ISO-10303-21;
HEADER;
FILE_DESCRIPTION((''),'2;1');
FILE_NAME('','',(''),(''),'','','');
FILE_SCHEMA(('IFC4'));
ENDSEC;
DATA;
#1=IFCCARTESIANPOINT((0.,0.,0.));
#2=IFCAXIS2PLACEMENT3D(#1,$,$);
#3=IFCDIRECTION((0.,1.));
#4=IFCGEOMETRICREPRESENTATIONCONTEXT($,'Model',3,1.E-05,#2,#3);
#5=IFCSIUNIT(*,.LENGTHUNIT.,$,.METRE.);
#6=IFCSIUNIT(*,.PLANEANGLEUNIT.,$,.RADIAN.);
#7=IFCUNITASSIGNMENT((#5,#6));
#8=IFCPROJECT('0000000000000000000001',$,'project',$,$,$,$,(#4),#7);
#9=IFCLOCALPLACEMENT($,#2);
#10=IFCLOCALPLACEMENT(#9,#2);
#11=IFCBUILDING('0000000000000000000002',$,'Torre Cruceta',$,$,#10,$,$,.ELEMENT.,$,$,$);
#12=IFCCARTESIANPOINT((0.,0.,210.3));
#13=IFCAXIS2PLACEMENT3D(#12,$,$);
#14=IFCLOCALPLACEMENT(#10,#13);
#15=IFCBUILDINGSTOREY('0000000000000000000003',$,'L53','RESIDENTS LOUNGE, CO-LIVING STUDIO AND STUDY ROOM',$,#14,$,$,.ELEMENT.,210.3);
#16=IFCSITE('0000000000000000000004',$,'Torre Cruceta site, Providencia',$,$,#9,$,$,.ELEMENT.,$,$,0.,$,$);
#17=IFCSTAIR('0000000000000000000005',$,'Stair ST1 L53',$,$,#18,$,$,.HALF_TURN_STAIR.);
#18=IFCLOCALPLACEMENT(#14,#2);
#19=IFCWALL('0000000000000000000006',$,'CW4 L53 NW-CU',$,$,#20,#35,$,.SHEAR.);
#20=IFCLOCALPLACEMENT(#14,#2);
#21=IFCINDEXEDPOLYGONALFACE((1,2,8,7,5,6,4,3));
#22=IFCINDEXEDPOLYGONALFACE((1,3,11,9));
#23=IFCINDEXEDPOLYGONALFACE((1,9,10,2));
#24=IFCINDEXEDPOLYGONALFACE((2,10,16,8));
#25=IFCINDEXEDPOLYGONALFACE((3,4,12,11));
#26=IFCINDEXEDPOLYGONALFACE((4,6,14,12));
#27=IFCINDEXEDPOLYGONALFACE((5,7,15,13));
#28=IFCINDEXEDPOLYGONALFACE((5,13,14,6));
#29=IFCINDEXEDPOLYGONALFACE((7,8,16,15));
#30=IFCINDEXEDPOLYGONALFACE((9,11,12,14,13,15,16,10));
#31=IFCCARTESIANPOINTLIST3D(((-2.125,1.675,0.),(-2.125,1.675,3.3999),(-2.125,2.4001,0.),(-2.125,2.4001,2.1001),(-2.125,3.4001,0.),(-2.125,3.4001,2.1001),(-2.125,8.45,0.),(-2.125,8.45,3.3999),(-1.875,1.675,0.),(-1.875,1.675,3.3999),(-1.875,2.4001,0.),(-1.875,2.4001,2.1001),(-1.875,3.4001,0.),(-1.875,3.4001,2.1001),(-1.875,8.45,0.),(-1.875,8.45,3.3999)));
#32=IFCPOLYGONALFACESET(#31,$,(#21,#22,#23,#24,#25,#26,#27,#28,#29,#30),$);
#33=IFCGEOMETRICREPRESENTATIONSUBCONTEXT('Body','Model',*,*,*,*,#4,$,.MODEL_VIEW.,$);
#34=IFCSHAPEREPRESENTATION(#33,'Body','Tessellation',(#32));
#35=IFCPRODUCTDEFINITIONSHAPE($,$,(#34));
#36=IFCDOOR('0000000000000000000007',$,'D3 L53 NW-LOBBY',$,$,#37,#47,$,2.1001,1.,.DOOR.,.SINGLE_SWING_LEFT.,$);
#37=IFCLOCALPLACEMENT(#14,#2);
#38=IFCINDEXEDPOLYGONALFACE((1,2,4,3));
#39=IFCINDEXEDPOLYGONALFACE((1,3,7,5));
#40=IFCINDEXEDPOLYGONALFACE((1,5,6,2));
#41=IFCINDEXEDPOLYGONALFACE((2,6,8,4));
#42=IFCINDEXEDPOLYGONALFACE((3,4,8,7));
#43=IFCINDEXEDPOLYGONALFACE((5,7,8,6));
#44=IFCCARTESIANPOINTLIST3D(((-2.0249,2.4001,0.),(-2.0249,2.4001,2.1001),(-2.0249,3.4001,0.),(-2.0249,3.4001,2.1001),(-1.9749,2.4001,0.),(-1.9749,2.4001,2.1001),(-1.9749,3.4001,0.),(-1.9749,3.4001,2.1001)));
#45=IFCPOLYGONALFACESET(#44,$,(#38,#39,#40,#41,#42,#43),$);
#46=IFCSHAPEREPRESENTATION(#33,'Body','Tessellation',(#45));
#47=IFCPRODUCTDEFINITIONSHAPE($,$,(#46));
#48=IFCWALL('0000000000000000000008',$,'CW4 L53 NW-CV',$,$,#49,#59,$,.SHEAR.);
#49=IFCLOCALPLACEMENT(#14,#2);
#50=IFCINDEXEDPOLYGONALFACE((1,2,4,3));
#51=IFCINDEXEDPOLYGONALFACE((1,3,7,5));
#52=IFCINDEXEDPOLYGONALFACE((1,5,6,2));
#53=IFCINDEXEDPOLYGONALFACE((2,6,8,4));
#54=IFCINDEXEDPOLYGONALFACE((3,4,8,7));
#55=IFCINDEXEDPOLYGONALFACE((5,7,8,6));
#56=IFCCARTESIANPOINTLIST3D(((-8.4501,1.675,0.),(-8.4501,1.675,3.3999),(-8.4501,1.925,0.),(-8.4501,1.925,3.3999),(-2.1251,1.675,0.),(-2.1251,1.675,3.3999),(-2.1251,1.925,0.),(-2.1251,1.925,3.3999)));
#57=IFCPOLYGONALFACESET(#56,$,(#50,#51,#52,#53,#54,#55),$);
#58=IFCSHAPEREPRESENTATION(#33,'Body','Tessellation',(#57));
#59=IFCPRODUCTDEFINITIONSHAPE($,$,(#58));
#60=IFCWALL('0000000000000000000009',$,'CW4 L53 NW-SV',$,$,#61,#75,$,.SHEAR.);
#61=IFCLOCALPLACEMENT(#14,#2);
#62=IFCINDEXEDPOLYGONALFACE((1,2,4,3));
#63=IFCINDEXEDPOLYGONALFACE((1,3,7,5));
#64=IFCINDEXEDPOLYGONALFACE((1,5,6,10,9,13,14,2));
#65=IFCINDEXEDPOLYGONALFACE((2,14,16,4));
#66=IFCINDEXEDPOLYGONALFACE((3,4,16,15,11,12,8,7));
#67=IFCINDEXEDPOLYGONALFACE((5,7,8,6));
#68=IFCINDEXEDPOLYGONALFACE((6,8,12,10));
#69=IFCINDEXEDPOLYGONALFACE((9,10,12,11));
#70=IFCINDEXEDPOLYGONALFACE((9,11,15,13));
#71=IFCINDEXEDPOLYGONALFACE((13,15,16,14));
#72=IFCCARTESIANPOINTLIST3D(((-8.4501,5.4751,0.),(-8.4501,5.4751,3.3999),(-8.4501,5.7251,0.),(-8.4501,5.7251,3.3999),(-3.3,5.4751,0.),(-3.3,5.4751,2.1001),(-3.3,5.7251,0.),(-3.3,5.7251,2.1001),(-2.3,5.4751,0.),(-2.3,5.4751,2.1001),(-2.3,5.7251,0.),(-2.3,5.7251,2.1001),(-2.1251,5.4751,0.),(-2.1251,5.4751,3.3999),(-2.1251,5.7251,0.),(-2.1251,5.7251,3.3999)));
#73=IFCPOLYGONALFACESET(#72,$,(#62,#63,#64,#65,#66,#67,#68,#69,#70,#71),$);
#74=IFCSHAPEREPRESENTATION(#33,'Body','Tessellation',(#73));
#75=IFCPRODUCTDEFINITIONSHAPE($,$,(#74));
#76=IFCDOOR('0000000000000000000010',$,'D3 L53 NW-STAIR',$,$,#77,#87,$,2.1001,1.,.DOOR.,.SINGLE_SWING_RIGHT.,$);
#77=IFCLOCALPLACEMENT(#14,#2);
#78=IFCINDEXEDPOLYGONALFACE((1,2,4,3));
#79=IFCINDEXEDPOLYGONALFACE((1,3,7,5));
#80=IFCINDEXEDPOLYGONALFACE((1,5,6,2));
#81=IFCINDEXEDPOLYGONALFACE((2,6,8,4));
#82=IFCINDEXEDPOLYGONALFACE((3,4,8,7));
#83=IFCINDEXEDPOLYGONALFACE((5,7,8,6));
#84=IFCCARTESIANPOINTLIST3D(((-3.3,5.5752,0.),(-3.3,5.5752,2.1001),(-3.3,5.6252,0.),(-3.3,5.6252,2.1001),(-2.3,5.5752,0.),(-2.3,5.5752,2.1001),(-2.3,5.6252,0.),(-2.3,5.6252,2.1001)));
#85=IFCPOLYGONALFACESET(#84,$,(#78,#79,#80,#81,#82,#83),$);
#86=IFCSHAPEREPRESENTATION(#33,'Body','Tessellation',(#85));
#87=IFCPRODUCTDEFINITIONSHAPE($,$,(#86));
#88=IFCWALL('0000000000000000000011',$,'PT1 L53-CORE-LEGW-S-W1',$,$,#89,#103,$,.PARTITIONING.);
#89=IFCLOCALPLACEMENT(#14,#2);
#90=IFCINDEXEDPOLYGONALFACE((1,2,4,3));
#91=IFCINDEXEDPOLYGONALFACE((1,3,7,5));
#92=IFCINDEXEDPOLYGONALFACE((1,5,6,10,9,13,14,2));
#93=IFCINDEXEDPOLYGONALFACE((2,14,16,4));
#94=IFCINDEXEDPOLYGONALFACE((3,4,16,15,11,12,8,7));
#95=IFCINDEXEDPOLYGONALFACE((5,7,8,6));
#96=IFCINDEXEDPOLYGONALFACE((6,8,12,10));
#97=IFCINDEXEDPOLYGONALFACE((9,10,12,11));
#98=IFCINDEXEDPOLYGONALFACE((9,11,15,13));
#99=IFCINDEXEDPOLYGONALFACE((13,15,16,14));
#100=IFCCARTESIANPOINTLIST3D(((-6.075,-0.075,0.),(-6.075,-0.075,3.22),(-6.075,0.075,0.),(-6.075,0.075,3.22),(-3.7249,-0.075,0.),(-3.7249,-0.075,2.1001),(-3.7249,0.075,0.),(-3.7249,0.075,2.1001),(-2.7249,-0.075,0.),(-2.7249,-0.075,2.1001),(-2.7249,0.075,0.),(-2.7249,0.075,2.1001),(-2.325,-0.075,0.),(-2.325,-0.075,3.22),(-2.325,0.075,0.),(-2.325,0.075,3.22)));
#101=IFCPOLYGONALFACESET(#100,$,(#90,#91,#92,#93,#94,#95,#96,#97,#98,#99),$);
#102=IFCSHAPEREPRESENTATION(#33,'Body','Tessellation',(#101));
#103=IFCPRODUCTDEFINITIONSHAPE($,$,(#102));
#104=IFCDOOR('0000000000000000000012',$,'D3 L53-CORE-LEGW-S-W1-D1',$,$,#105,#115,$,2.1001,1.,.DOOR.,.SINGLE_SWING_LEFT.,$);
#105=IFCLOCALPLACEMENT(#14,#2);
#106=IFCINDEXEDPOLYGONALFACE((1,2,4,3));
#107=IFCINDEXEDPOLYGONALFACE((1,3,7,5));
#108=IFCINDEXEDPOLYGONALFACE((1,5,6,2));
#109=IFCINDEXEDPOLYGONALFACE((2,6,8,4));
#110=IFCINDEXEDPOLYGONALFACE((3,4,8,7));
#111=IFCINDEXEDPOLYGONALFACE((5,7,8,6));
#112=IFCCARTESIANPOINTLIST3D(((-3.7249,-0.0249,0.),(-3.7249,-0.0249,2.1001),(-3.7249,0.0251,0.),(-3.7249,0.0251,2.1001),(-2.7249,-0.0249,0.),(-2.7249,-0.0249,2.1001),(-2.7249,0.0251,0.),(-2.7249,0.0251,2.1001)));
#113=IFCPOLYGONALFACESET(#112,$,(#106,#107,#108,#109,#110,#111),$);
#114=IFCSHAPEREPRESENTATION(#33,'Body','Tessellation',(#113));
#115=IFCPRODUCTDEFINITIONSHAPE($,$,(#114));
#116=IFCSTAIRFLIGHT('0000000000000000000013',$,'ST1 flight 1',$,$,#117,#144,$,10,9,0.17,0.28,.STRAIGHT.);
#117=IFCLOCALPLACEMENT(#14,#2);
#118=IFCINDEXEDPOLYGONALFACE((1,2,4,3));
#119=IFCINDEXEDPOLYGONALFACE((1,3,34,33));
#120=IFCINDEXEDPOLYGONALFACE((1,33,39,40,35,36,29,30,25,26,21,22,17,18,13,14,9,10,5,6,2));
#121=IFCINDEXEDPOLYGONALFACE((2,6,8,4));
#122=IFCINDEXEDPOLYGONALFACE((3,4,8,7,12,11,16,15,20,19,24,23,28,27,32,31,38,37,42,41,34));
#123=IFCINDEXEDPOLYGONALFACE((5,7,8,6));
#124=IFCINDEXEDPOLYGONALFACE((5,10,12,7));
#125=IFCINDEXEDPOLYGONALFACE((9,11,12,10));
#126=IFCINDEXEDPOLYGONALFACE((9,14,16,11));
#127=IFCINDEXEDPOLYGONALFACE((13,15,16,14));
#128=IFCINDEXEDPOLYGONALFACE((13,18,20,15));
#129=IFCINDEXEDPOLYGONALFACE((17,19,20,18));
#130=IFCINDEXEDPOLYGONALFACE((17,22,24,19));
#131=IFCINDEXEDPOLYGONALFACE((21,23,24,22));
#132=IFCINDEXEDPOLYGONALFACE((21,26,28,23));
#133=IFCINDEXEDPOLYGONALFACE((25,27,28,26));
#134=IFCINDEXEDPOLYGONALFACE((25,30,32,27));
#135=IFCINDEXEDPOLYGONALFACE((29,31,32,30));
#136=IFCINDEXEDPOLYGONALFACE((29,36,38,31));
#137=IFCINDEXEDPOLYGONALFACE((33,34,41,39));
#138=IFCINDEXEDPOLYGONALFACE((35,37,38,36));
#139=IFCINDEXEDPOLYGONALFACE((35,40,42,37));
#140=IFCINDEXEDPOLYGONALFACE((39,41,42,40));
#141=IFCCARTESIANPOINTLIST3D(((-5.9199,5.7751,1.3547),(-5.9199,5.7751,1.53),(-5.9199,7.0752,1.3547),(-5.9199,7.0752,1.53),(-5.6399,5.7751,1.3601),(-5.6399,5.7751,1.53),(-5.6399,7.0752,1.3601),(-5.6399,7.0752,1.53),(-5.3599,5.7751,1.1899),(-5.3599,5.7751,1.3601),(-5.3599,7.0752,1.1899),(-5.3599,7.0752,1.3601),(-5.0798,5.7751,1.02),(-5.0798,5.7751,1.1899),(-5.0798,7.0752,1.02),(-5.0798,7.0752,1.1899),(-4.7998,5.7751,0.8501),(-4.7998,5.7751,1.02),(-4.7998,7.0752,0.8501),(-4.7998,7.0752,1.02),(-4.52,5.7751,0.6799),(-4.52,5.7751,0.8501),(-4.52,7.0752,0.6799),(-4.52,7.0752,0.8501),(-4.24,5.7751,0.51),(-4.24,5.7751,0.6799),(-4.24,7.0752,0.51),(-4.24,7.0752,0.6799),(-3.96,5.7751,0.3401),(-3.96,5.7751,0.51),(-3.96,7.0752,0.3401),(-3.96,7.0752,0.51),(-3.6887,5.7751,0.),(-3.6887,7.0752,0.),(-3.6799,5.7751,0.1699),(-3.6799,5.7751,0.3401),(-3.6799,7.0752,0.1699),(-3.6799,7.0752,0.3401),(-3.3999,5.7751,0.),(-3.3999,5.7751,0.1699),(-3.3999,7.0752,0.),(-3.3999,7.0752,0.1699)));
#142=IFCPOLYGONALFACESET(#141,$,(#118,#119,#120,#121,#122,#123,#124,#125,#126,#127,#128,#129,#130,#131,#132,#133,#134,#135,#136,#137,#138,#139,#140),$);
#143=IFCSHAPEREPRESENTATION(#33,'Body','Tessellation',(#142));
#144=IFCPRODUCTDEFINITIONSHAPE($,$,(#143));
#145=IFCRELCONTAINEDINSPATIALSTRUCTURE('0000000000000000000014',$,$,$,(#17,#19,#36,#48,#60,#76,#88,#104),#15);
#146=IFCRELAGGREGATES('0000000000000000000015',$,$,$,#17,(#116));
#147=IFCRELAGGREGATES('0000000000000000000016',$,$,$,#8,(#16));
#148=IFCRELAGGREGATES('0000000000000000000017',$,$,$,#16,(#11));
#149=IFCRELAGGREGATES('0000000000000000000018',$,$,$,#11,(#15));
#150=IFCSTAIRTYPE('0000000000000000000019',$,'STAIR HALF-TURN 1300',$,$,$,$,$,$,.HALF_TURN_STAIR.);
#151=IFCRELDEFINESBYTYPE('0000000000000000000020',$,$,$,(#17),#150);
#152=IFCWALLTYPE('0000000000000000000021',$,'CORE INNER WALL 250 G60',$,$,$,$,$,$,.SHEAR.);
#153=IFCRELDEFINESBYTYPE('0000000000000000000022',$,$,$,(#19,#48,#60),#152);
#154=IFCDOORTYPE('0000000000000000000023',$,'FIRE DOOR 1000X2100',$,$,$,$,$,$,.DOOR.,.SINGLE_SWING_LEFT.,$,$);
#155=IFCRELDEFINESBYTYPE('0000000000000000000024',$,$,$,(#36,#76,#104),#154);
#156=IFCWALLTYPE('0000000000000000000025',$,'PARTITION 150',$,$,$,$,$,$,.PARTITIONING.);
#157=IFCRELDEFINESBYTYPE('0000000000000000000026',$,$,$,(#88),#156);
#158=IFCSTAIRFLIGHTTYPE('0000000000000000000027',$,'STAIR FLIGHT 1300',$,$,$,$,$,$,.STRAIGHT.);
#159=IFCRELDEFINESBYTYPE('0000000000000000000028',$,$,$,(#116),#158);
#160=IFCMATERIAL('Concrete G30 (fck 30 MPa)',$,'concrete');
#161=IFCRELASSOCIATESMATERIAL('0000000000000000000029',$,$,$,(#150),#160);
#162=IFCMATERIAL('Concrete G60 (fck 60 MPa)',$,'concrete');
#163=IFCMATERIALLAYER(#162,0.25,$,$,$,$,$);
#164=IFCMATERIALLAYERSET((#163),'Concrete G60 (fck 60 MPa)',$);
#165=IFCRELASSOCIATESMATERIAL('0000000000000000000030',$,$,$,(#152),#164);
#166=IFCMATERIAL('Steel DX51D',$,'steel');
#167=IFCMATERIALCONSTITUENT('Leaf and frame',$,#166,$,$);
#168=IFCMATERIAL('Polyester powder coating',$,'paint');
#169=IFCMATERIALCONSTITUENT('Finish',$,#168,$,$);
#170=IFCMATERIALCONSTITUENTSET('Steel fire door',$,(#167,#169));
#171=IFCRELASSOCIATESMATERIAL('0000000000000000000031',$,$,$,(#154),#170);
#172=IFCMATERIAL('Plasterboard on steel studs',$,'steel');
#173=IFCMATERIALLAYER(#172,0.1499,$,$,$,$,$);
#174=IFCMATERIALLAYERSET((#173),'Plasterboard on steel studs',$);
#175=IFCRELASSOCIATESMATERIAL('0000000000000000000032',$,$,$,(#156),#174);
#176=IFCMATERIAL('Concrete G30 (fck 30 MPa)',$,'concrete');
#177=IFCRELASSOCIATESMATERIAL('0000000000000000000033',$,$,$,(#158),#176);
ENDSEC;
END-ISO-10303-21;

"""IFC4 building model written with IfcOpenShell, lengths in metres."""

from ifc_helpers import new_model, si_unit, direction, frame, frame_2d, origin, place, context, subcontext, project, spatial, polyline, rectangle, outline, extrude, material, layer, layer_set, constituent, constituent_set, type_object, element, fill, aggregate, save


model = new_model("IFC4")

# Units and contexts
model_context = context("Model", 3, precision=1e-05, world=origin(), true_north=direction((0.0, 1.0)))
body_context = subcontext(model_context, "Body", "Model", "MODEL_VIEW")
ifc_project = project(units=[si_unit("LENGTHUNIT", "METRE"), si_unit("PLANEANGLEUNIT", "RADIAN")], contexts=[model_context])

# Site, building, storey
site_placement = place(None, origin())
site = spatial("IfcSite", under=ifc_project, at=site_placement, Name="Torre Cruceta site, Providencia", CompositionType="ELEMENT", RefElevation=0.0)
building_placement = place(site_placement, origin())
building = spatial("IfcBuilding", under=site, at=building_placement, Name="Torre Cruceta", CompositionType="ELEMENT")
storey_placement = place(building_placement, frame((0.0, 0.0, 210.3)))
storey = spatial("IfcBuildingStorey", under=building, at=storey_placement, Name="L53", Description="RESIDENTS LOUNGE, CO-LIVING STUDIO AND STUDY ROOM", CompositionType="ELEMENT", Elevation=210.3)

# Stair
ifc_material_1 = material(Name="Concrete G30 (fck 30 MPa)", Category="concrete")
stair_type = type_object("IfcStairType", Name="STAIR HALF-TURN 1300", PredefinedType="HALF_TURN_STAIR", material=ifc_material_1)
stair_placement = place(storey_placement, origin())
stair = element("IfcStair", 1, at=stair_placement, inside=storey, type_object=stair_type, Name="Stair ST1 L53", PredefinedType="HALF_TURN_STAIR")

# Wall, opening, door
ifc_material_2 = material(Name="Concrete G60 (fck 60 MPa)", Category="concrete")
ifc_layer_1 = layer(ifc_material_2, 0.25)
ifc_layer_set_1 = layer_set([ifc_layer_1], Name="Concrete G60 (fck 60 MPa)")
wall_type_1 = type_object("IfcWallType", Name="CORE INNER WALL 250 G60", PredefinedType="SHEAR", material=ifc_layer_set_1)
wall_1_placement = place(storey_placement, frame((-2.0, 1.675, 0.0), z_axis=(0.0, 0.0, 1.0), x_axis=(0.0, 1.0, 0.0)))
wall_1 = element("IfcWall", 2, at=wall_1_placement, inside=storey, type_object=wall_type_1, Name="CW4 L53 NW-CU", PredefinedType="SHEAR", context=body_context, shape_type="SweptSolid", body=[
    extrude(rectangle(XDim=6.7749, YDim=0.25, at=frame_2d((3.3875, 0.0))), origin(), (0.0, 0.0, 1.0), 3.3999),
])
opening_1_placement = place(wall_1_placement, frame((0.7251, 0.0, 0.0)))
opening_1 = element("IfcOpeningElement", 3, at=opening_1_placement, cuts=wall_1, PredefinedType="OPENING", context=body_context, shape_type="SweptSolid", body=[
    extrude(rectangle(XDim=1.0, YDim=2.1001, at=frame_2d((0.5, 1.05))), frame((0.0, 0.135, 0.0), z_axis=(0.0, -1.0, 0.0), x_axis=(1.0, 0.0, 0.0)), (0.0, 0.0, 1.0), 0.27),
])
ifc_material_3 = material(Name="Steel DX51D", Category="steel")
ifc_constituent_1 = constituent(ifc_material_3, Name="Leaf and frame")
ifc_material_4 = material(Name="Polyester powder coating", Category="paint")
ifc_constituent_2 = constituent(ifc_material_4, Name="Finish")
ifc_constituent_set = constituent_set(constituents=[ifc_constituent_1, ifc_constituent_2], Name="Steel fire door")
door_type = type_object("IfcDoorType", Name="FIRE DOOR 1000X2100", OperationType="SINGLE_SWING_LEFT", PredefinedType="DOOR", material=ifc_constituent_set)
door_1_placement = place(opening_1_placement, origin())
door_1 = element("IfcDoor", 4, at=door_1_placement, inside=storey, type_object=door_type, Name="D3 L53 NW-LOBBY", OperationType="SINGLE_SWING_LEFT", OverallHeight=2.1001, OverallWidth=1.0, PredefinedType="DOOR", context=body_context, shape_type="SweptSolid", body=[
    extrude(rectangle(XDim=1.0, YDim=2.1001, at=frame_2d((0.5, 1.05))), frame((0.0, 0.0249, 0.0), z_axis=(0.0, -1.0, 0.0), x_axis=(1.0, 0.0, 0.0)), (0.0, 0.0, 1.0), 0.05),
])
fill(opening_1, door_1)

# Wall
wall_2_placement = place(storey_placement, frame((-2.125, 1.8, 0.0), z_axis=(0.0, 0.0, 1.0), x_axis=(-1.0, 0.0, 0.0)))
element("IfcWall", 5, at=wall_2_placement, inside=storey, type_object=wall_type_1, Name="CW4 L53 NW-CV", PredefinedType="SHEAR", context=body_context, shape_type="SweptSolid", body=[
    extrude(rectangle(XDim=6.325, YDim=0.25, at=frame_2d((3.1626, 0.0))), origin(), (0.0, 0.0, 1.0), 3.3999),
])

# Walls, openings, doors
wall_3_placement = place(storey_placement, frame((-2.125, 5.6001, 0.0), z_axis=(0.0, 0.0, 1.0), x_axis=(-1.0, 0.0, 0.0)))
wall_3 = element("IfcWall", 6, at=wall_3_placement, inside=storey, type_object=wall_type_1, Name="CW4 L53 NW-SV", PredefinedType="SHEAR", context=body_context, shape_type="SweptSolid", body=[
    extrude(rectangle(XDim=6.325, YDim=0.25, at=frame_2d((3.1626, 0.0))), origin(), (0.0, 0.0, 1.0), 3.3999),
])
opening_2_placement = place(wall_3_placement, frame((0.175, 0.0, 0.0)))
opening_2 = element("IfcOpeningElement", 7, at=opening_2_placement, cuts=wall_3, PredefinedType="OPENING", context=body_context, shape_type="SweptSolid", body=[
    extrude(rectangle(XDim=1.0, YDim=2.1001, at=frame_2d((0.5, 1.05))), frame((0.0, 0.135, 0.0), z_axis=(0.0, -1.0, 0.0), x_axis=(1.0, 0.0, 0.0)), (0.0, 0.0, 1.0), 0.27),
])
door_2_placement = place(opening_2_placement, frame((1.0, 0.0, 0.0), z_axis=(0.0, 0.0, 1.0), x_axis=(-1.0, 0.0, 0.0)))
door_2 = element("IfcDoor", 8, at=door_2_placement, inside=storey, type_object=door_type, Name="D3 L53 NW-STAIR", OperationType="SINGLE_SWING_RIGHT", OverallHeight=2.1001, OverallWidth=1.0, PredefinedType="DOOR", context=body_context, shape_type="SweptSolid", body=[
    extrude(rectangle(XDim=1.0, YDim=2.1001, at=frame_2d((0.5, 1.05))), frame((0.0, 0.0251, 0.0), z_axis=(0.0, -1.0, 0.0), x_axis=(1.0, 0.0, 0.0)), (0.0, 0.0, 1.0), 0.05),
])
fill(opening_2, door_2)
ifc_material_5 = material(Name="Plasterboard on steel studs", Category="steel")
ifc_layer_2 = layer(ifc_material_5, 0.1499)
ifc_layer_set_2 = layer_set([ifc_layer_2], Name="Plasterboard on steel studs")
wall_type_2 = type_object("IfcWallType", Name="PARTITION 150", PredefinedType="PARTITIONING", material=ifc_layer_set_2)
wall_4_placement = place(storey_placement, frame((-2.325, 0.0, 0.0), z_axis=(0.0, 0.0, 1.0), x_axis=(-1.0, 0.0, 0.0)))
wall_4 = element("IfcWall", 9, at=wall_4_placement, inside=storey, type_object=wall_type_2, Name="PT1 L53-CORE-LEGW-S-W1", PredefinedType="PARTITIONING", context=body_context, shape_type="SweptSolid", body=[
    extrude(rectangle(XDim=3.75, YDim=0.1499, at=frame_2d((1.875, 0.0))), origin(), (0.0, 0.0, 1.0), 3.22),
])
opening_3_placement = place(wall_4_placement, frame((0.3999, 0.0, 0.0)))
opening_3 = element("IfcOpeningElement", 10, at=opening_3_placement, cuts=wall_4, PredefinedType="OPENING", context=body_context, shape_type="SweptSolid", body=[
    extrude(rectangle(XDim=1.0, YDim=2.1001, at=frame_2d((0.5, 1.05))), frame((0.0, 0.085, 0.0), z_axis=(0.0, -1.0, 0.0), x_axis=(1.0, 0.0, 0.0)), (0.0, 0.0, 1.0), 0.1699),
])
door_3_placement = place(opening_3_placement, origin())
door_3 = element("IfcDoor", 11, at=door_3_placement, inside=storey, type_object=door_type, Name="D3 L53-CORE-LEGW-S-W1-D1", OperationType="SINGLE_SWING_LEFT", OverallHeight=2.1001, OverallWidth=1.0, PredefinedType="DOOR", context=body_context, shape_type="SweptSolid", body=[
    extrude(rectangle(XDim=1.0, YDim=2.1001, at=frame_2d((0.5, 1.05))), frame((0.0, 0.0249, 0.0), z_axis=(0.0, -1.0, 0.0), x_axis=(1.0, 0.0, 0.0)), (0.0, 0.0, 1.0), 0.05),
])
fill(opening_3, door_3)

# Stair flight
ifc_material_6 = material(Name="Concrete G30 (fck 30 MPa)", Category="concrete")
stair_flight_type = type_object("IfcStairFlightType", Name="STAIR FLIGHT 1300", PredefinedType="STRAIGHT", material=ifc_material_6)
stair_flight_placement = place(storey_placement, frame((-3.3999, 6.425, 0.0), z_axis=(0.0, 0.0, 1.0), x_axis=(-1.0, 0.0, 0.0)))
stair_flight = element("IfcStairFlight", 12, at=stair_flight_placement, type_object=stair_flight_type, Name="ST1 flight 1", NumberOfRisers=10, NumberOfTreads=9, PredefinedType="STRAIGHT", RiserHeight=0.17, TreadLength=0.28, context=body_context, shape_type="SweptSolid", body=[
    extrude(outline(polyline([(0.0, 0.0), (0.0, 0.1699), (0.28, 0.1699), (0.28, 0.3401), (0.5601, 0.3401), (0.5601, 0.51), (0.8401, 0.51), (0.8401, 0.6799), (1.1201, 0.6799), (1.1201, 0.8501), (1.3999, 0.8501), (1.3999, 1.02), (1.6799, 1.02), (1.6799, 1.1899), (1.96, 1.1899), (1.96, 1.3601), (2.24, 1.3601), (2.24, 1.53), (2.52, 1.53), (2.52, 1.7), (2.52, 1.3547), (0.2888, 0.0), (0.0, 0.0)])), frame((0.0, 0.6499, 0.0), z_axis=(0.0, -1.0, 0.0), x_axis=(1.0, 0.0, 0.0)), (0.0, 0.0, 1.0), 1.3),
])
aggregate(stair, [stair_flight])

save(model, "model.ifc")
